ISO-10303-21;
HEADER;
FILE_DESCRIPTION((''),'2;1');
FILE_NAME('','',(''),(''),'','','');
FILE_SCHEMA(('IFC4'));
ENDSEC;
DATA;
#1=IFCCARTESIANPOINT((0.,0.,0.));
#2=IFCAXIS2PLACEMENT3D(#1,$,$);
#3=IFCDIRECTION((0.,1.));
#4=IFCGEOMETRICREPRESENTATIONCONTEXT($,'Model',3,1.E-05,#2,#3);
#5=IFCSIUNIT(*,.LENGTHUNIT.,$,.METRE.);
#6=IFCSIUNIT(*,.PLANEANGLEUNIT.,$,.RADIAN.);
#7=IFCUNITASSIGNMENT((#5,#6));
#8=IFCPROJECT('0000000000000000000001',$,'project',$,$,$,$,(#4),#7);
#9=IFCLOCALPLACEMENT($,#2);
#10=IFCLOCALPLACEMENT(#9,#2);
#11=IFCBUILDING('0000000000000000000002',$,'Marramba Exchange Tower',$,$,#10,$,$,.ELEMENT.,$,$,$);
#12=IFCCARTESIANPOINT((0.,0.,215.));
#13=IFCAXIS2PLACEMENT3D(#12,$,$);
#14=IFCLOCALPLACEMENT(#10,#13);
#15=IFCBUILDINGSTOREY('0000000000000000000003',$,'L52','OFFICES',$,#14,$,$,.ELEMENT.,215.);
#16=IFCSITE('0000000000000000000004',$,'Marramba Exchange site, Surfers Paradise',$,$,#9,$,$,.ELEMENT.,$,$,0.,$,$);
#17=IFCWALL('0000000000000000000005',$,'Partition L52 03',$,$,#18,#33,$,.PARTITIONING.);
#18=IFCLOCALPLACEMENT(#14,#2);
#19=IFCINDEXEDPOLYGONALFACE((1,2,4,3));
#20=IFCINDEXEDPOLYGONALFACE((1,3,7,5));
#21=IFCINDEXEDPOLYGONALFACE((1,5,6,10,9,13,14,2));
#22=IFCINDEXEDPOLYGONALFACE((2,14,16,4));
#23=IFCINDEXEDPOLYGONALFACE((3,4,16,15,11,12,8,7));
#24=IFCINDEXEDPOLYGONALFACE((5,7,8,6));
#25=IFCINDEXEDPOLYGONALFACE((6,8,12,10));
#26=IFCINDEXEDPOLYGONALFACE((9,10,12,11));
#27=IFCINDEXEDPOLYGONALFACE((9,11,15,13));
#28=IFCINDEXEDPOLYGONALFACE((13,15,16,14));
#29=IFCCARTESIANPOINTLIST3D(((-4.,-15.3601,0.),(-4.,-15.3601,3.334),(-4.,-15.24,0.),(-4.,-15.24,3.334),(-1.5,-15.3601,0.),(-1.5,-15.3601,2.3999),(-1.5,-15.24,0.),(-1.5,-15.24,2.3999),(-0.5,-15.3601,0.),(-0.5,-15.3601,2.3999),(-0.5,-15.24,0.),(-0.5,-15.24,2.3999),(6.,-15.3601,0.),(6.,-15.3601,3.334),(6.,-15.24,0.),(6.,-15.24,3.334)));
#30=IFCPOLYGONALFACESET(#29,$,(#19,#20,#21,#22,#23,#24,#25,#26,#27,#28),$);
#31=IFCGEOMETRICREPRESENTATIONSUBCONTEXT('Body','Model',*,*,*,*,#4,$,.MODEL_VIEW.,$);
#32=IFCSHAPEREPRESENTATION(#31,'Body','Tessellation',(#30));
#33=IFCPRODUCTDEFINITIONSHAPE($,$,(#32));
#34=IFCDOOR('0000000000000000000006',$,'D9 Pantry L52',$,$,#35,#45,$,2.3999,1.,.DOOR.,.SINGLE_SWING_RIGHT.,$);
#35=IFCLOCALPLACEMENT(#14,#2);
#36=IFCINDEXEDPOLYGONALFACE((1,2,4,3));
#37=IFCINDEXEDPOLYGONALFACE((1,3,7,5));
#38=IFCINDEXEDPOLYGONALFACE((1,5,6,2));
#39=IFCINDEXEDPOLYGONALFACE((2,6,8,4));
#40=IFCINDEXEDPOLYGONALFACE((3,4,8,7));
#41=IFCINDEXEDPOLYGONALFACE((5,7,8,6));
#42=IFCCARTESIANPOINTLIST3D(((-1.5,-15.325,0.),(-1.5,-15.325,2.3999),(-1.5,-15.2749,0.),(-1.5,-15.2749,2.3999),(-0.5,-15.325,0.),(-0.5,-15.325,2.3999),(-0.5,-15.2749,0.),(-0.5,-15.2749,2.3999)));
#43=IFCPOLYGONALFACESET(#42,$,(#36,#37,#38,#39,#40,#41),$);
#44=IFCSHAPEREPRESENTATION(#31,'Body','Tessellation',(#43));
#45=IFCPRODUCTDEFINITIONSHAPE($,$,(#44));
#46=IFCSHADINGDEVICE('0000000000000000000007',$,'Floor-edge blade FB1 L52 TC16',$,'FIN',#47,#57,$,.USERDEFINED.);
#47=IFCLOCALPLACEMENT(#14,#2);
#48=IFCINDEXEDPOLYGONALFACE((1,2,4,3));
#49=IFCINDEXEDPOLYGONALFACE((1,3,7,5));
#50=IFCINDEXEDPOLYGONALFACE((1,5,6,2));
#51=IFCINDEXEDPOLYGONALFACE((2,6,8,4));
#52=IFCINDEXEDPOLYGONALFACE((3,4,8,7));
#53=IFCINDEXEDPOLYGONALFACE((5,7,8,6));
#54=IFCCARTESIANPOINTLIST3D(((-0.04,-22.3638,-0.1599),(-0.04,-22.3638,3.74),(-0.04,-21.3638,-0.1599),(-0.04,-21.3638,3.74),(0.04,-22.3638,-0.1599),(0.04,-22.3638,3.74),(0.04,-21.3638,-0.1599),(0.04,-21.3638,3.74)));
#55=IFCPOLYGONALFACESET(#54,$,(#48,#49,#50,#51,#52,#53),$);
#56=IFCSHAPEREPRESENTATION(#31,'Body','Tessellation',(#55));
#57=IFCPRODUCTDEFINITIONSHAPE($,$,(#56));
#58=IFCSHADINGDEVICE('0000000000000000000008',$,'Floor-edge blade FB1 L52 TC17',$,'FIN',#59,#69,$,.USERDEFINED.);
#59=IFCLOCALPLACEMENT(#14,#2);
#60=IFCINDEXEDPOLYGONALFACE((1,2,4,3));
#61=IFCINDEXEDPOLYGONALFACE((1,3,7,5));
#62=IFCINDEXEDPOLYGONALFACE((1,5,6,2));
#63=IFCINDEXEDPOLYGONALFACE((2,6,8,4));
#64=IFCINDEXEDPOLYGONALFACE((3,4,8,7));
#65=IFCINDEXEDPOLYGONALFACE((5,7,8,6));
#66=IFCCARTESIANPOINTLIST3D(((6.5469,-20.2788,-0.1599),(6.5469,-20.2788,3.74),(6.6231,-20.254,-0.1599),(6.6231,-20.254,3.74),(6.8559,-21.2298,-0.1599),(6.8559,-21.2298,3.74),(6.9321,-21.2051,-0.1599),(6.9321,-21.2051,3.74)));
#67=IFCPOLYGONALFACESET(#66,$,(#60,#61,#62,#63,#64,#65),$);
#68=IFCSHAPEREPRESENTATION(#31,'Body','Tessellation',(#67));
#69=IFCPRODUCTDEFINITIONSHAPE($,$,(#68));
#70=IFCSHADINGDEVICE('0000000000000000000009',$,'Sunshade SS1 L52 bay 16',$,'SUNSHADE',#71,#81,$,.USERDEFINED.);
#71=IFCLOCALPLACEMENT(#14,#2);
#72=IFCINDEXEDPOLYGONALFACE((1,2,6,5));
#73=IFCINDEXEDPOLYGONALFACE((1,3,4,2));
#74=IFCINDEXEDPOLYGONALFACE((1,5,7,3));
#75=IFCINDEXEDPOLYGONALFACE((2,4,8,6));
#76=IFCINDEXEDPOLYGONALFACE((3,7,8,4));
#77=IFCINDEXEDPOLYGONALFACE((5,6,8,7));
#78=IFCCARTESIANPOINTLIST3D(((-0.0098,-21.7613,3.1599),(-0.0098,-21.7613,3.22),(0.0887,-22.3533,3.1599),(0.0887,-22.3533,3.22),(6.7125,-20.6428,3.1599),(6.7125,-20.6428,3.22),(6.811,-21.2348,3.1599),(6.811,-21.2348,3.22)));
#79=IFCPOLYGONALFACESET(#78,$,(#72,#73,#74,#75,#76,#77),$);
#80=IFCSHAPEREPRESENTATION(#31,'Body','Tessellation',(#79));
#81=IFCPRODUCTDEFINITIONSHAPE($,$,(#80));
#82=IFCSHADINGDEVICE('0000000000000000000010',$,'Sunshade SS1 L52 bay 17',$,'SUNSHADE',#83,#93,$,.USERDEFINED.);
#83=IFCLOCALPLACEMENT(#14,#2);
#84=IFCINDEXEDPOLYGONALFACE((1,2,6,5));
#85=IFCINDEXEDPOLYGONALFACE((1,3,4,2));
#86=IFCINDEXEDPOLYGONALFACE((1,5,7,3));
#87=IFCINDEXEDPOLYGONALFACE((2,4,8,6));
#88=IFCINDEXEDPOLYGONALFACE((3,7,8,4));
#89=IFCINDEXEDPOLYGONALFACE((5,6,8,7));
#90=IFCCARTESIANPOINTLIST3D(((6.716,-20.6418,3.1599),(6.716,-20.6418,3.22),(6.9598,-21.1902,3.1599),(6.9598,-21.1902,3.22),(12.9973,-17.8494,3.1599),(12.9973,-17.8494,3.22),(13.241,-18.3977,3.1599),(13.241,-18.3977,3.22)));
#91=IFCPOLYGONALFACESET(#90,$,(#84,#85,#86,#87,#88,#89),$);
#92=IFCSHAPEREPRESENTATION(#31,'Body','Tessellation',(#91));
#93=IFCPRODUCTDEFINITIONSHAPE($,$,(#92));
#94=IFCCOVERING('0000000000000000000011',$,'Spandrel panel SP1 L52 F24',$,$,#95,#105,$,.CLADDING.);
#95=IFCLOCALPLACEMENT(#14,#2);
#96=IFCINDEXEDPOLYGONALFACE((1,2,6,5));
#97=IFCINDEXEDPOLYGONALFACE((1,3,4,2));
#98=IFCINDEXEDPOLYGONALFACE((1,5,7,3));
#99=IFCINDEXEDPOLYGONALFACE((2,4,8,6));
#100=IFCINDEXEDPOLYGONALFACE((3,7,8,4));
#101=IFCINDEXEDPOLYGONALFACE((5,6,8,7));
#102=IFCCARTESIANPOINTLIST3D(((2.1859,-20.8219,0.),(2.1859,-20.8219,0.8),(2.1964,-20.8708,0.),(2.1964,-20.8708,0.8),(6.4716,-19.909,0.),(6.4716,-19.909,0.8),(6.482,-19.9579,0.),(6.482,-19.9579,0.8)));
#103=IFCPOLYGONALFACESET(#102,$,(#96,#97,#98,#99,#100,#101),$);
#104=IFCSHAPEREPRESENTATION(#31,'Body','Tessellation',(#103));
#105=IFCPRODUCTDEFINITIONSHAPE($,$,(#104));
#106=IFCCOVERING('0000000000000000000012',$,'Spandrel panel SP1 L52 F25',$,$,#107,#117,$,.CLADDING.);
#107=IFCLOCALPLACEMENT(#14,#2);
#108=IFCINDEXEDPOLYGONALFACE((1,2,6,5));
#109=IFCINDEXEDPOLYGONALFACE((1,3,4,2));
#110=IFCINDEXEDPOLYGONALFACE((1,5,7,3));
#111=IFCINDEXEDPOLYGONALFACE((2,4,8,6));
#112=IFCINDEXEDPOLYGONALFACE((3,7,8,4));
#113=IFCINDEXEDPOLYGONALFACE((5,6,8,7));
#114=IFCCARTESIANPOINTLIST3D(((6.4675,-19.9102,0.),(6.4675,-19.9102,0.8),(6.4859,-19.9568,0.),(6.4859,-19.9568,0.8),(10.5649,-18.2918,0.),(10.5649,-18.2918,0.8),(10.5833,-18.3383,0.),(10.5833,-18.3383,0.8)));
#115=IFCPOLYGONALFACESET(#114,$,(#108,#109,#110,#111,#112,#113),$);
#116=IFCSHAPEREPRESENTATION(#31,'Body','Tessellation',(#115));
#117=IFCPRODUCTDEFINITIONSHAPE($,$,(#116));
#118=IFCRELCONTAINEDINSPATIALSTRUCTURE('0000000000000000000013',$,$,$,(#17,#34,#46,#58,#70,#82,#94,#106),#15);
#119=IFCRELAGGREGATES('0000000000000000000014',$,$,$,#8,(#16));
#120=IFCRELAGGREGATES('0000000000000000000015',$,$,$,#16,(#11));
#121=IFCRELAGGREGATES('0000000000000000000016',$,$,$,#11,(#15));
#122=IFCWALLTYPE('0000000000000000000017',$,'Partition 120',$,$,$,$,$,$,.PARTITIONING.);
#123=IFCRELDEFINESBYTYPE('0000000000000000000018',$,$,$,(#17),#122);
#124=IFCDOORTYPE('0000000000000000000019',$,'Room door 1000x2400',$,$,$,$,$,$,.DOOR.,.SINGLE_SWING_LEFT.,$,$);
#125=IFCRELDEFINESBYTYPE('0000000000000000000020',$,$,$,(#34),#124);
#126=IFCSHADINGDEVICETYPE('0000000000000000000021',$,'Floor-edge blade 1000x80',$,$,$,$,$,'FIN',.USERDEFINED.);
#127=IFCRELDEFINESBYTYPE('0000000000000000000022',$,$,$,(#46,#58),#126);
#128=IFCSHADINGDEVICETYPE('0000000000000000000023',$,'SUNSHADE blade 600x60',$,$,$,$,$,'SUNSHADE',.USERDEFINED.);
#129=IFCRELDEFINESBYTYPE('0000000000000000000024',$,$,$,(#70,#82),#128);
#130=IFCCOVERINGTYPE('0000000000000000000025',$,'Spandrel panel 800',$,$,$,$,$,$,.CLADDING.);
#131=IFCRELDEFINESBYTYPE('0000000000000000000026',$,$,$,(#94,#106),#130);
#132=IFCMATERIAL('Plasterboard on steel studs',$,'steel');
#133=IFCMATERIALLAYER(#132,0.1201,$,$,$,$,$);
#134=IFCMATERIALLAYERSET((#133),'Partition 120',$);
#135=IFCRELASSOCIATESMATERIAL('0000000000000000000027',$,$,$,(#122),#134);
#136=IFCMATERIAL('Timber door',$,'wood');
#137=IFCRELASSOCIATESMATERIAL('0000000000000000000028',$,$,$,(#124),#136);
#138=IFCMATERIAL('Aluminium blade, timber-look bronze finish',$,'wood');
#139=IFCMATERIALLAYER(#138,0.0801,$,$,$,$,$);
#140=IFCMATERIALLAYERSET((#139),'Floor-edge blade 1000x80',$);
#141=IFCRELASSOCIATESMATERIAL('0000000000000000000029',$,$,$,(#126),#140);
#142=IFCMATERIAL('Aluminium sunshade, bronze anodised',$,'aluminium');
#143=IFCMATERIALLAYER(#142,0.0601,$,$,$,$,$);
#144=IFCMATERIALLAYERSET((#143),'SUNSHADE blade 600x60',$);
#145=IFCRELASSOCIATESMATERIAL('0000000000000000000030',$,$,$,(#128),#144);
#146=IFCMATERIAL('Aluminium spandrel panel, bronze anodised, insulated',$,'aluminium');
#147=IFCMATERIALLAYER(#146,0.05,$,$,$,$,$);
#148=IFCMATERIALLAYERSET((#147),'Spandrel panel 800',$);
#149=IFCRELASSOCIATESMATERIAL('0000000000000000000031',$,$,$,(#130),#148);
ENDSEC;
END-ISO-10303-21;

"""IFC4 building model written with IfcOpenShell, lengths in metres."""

from ifc_helpers import new_model, si_unit, direction, frame, frame_2d, origin, origin_2d, place, context, subcontext, project, spatial, rectangle, extrude, material, layer, layer_set, type_object, element, fill, save


model = new_model("IFC4")

# Units and contexts
model_context = context("Model", 3, precision=1e-05, world=origin(), true_north=direction((0.0, 1.0)))
body_context = subcontext(model_context, "Body", "Model", "MODEL_VIEW")
ifc_project = project(units=[si_unit("LENGTHUNIT", "METRE"), si_unit("PLANEANGLEUNIT", "RADIAN")], contexts=[model_context])

# Site, building, storey
site_placement = place(None, origin())
site = spatial("IfcSite", under=ifc_project, at=site_placement, Name="Marramba Exchange site, Surfers Paradise", CompositionType="ELEMENT", RefElevation=0.0)
building_placement = place(site_placement, origin())
building = spatial("IfcBuilding", under=site, at=building_placement, Name="Marramba Exchange Tower", CompositionType="ELEMENT")
storey_placement = place(building_placement, frame((0.0, 0.0, 215.0)))
storey = spatial("IfcBuildingStorey", under=building, at=storey_placement, Name="L52", Description="OFFICES", CompositionType="ELEMENT", Elevation=215.0)

# Wall, opening, door
ifc_material_1 = material(Name="Plasterboard on steel studs", Category="steel")
ifc_layer_1 = layer(ifc_material_1, 0.1201)
ifc_layer_set_1 = layer_set([ifc_layer_1], Name="Partition 120")
wall_type = type_object("IfcWallType", Name="Partition 120", PredefinedType="PARTITIONING", material=ifc_layer_set_1)
wall_placement = place(storey_placement, frame((6.0, -15.3, 0.0), z_axis=(0.0, 0.0, 1.0), x_axis=(-1.0, 0.0, 0.0)))
wall = element("IfcWall", 1, at=wall_placement, inside=storey, type_object=wall_type, Name="Partition L52 03", PredefinedType="PARTITIONING", context=body_context, shape_type="SweptSolid", body=[
    extrude(rectangle(XDim=10.0, YDim=0.1201, at=frame_2d((5.0, 0.0))), origin(), (0.0, 0.0, 1.0), 3.334),
])
opening_placement = place(wall_placement, frame((6.5, 0.0, 0.0)))
opening = element("IfcOpeningElement", 2, at=opening_placement, cuts=wall, PredefinedType="OPENING", context=body_context, shape_type="SweptSolid", body=[
    extrude(rectangle(XDim=1.0, YDim=2.3999, at=frame_2d((0.5, 1.2))), frame((0.0, 0.0701, 0.0), z_axis=(0.0, -1.0, 0.0), x_axis=(1.0, 0.0, 0.0)), (0.0, 0.0, 1.0), 0.1401),
])
ifc_material_2 = material(Name="Timber door", Category="wood")
door_type = type_object("IfcDoorType", Name="Room door 1000x2400", OperationType="SINGLE_SWING_LEFT", PredefinedType="DOOR", material=ifc_material_2)
door_placement = place(opening_placement, frame((1.0, 0.0, 0.0), z_axis=(0.0, 0.0, 1.0), x_axis=(-1.0, 0.0, 0.0)))
door = element("IfcDoor", 3, at=door_placement, inside=storey, type_object=door_type, Name="D9 Pantry L52", OperationType="SINGLE_SWING_RIGHT", OverallHeight=2.3999, OverallWidth=1.0, PredefinedType="DOOR", context=body_context, shape_type="SweptSolid", body=[
    extrude(rectangle(XDim=1.0, YDim=2.3999, at=frame_2d((0.5, 1.2))), frame((0.0, 0.0251, 0.0), z_axis=(0.0, -1.0, 0.0), x_axis=(1.0, 0.0, 0.0)), (0.0, 0.0, 1.0), 0.05),
])
fill(opening, door)

# Shading devices
ifc_material_3 = material(Name="Aluminium blade, timber-look bronze finish", Category="wood")
ifc_layer_2 = layer(ifc_material_3, 0.0801)
ifc_layer_set_2 = layer_set([ifc_layer_2], Name="Floor-edge blade 1000x80")
shading_device_type_1 = type_object("IfcShadingDeviceType", Name="Floor-edge blade 1000x80", ElementType="FIN", PredefinedType="USERDEFINED", material=ifc_layer_set_2)
for number, where, z_axis, x_axis, name in (
    (4, (0.0, -21.8638, -0.1599), (0.0, 0.0, 1.0), (0.0, -1.0, 0.0), "Floor-edge blade FB1 L52 TC16"),
    (5, (6.7395, -20.7419, -0.1599), (0.0, 0.0, 1.0), (0.309017, -0.951057, 0.0), "Floor-edge blade FB1 L52 TC17"),
):
    element("IfcShadingDevice", number, at=place(storey_placement, frame(where, z_axis=z_axis, x_axis=x_axis)), inside=storey, type_object=shading_device_type_1, Name=name, ObjectType="FIN", PredefinedType="USERDEFINED", context=body_context, shape_type="SweptSolid", body=[
        extrude(rectangle(XDim=1.0, YDim=0.0801, at=origin_2d()), origin(), (0.0, 0.0, 1.0), 3.8999),
    ])
ifc_material_4 = material(Name="Aluminium sunshade, bronze anodised", Category="aluminium")
ifc_layer_3 = layer(ifc_material_4, 0.0601)
ifc_layer_set_3 = layer_set([ifc_layer_3], Name="SUNSHADE blade 600x60")
shading_device_type_2 = type_object("IfcShadingDeviceType", Name="SUNSHADE blade 600x60", ElementType="SUNSHADE", PredefinedType="USERDEFINED", material=ifc_layer_set_3)
shading_device_1_placement = place(storey_placement, frame((3.4006, -21.498, 3.1599), z_axis=(0.0, 0.0, 1.0), x_axis=(0.98644, 0.164125, 0.0)))
element("IfcShadingDevice", 6, at=shading_device_1_placement, inside=storey, type_object=shading_device_type_2, Name="Sunshade SS1 L52 bay 16", ObjectType="SUNSHADE", PredefinedType="USERDEFINED", context=body_context, shape_type="SweptSolid", body=[
    extrude(rectangle(XDim=6.8147, YDim=0.6001, at=origin_2d()), origin(), (0.0, 0.0, 1.0), 0.0601),
])
shading_device_2_placement = place(storey_placement, frame((9.9785, -19.5198, 3.1599), z_axis=(0.0, 0.0, 1.0), x_axis=(0.913772, 0.406228, 0.0)))
element("IfcShadingDevice", 7, at=shading_device_2_placement, inside=storey, type_object=shading_device_type_2, Name="Sunshade SS1 L52 bay 17", ObjectType="SUNSHADE", PredefinedType="USERDEFINED", context=body_context, shape_type="SweptSolid", body=[
    extrude(rectangle(XDim=6.874, YDim=0.6001, at=origin_2d()), origin(), (0.0, 0.0, 1.0), 0.0601),
])

# Coverings
ifc_material_5 = material(Name="Aluminium spandrel panel, bronze anodised, insulated", Category="aluminium")
ifc_layer_4 = layer(ifc_material_5, 0.05)
ifc_layer_set_4 = layer_set([ifc_layer_4], Name="Spandrel panel 800")
covering_type = type_object("IfcCoveringType", Name="Spandrel panel 800", PredefinedType="CLADDING", material=ifc_layer_set_4)
covering_1_placement = place(storey_placement, frame((4.334, -20.3899, 0.0), z_axis=(0.0, 0.0, 1.0), x_axis=(0.978058, 0.208332, 0.0)))
element("IfcCovering", 8, at=covering_1_placement, inside=storey, type_object=covering_type, Name="Spandrel panel SP1 L52 F24", PredefinedType="CLADDING", context=body_context, shape_type="SweptSolid", body=[
    extrude(rectangle(XDim=4.3818, YDim=0.05, at=origin_2d()), origin(), (0.0, 0.0, 1.0), 0.8),
])
covering_2_placement = place(storey_placement, frame((8.5254, -19.1243, 0.0), z_axis=(0.0, 0.0, 1.0), x_axis=(0.930073, 0.367375, 0.0)))
element("IfcCovering", 9, at=covering_2_placement, inside=storey, type_object=covering_type, Name="Spandrel panel SP1 L52 F25", PredefinedType="CLADDING", context=body_context, shape_type="SweptSolid", body=[
    extrude(rectangle(XDim=4.4055, YDim=0.05, at=origin_2d()), origin(), (0.0, 0.0, 1.0), 0.8),
])

save(model, "model.ifc")
